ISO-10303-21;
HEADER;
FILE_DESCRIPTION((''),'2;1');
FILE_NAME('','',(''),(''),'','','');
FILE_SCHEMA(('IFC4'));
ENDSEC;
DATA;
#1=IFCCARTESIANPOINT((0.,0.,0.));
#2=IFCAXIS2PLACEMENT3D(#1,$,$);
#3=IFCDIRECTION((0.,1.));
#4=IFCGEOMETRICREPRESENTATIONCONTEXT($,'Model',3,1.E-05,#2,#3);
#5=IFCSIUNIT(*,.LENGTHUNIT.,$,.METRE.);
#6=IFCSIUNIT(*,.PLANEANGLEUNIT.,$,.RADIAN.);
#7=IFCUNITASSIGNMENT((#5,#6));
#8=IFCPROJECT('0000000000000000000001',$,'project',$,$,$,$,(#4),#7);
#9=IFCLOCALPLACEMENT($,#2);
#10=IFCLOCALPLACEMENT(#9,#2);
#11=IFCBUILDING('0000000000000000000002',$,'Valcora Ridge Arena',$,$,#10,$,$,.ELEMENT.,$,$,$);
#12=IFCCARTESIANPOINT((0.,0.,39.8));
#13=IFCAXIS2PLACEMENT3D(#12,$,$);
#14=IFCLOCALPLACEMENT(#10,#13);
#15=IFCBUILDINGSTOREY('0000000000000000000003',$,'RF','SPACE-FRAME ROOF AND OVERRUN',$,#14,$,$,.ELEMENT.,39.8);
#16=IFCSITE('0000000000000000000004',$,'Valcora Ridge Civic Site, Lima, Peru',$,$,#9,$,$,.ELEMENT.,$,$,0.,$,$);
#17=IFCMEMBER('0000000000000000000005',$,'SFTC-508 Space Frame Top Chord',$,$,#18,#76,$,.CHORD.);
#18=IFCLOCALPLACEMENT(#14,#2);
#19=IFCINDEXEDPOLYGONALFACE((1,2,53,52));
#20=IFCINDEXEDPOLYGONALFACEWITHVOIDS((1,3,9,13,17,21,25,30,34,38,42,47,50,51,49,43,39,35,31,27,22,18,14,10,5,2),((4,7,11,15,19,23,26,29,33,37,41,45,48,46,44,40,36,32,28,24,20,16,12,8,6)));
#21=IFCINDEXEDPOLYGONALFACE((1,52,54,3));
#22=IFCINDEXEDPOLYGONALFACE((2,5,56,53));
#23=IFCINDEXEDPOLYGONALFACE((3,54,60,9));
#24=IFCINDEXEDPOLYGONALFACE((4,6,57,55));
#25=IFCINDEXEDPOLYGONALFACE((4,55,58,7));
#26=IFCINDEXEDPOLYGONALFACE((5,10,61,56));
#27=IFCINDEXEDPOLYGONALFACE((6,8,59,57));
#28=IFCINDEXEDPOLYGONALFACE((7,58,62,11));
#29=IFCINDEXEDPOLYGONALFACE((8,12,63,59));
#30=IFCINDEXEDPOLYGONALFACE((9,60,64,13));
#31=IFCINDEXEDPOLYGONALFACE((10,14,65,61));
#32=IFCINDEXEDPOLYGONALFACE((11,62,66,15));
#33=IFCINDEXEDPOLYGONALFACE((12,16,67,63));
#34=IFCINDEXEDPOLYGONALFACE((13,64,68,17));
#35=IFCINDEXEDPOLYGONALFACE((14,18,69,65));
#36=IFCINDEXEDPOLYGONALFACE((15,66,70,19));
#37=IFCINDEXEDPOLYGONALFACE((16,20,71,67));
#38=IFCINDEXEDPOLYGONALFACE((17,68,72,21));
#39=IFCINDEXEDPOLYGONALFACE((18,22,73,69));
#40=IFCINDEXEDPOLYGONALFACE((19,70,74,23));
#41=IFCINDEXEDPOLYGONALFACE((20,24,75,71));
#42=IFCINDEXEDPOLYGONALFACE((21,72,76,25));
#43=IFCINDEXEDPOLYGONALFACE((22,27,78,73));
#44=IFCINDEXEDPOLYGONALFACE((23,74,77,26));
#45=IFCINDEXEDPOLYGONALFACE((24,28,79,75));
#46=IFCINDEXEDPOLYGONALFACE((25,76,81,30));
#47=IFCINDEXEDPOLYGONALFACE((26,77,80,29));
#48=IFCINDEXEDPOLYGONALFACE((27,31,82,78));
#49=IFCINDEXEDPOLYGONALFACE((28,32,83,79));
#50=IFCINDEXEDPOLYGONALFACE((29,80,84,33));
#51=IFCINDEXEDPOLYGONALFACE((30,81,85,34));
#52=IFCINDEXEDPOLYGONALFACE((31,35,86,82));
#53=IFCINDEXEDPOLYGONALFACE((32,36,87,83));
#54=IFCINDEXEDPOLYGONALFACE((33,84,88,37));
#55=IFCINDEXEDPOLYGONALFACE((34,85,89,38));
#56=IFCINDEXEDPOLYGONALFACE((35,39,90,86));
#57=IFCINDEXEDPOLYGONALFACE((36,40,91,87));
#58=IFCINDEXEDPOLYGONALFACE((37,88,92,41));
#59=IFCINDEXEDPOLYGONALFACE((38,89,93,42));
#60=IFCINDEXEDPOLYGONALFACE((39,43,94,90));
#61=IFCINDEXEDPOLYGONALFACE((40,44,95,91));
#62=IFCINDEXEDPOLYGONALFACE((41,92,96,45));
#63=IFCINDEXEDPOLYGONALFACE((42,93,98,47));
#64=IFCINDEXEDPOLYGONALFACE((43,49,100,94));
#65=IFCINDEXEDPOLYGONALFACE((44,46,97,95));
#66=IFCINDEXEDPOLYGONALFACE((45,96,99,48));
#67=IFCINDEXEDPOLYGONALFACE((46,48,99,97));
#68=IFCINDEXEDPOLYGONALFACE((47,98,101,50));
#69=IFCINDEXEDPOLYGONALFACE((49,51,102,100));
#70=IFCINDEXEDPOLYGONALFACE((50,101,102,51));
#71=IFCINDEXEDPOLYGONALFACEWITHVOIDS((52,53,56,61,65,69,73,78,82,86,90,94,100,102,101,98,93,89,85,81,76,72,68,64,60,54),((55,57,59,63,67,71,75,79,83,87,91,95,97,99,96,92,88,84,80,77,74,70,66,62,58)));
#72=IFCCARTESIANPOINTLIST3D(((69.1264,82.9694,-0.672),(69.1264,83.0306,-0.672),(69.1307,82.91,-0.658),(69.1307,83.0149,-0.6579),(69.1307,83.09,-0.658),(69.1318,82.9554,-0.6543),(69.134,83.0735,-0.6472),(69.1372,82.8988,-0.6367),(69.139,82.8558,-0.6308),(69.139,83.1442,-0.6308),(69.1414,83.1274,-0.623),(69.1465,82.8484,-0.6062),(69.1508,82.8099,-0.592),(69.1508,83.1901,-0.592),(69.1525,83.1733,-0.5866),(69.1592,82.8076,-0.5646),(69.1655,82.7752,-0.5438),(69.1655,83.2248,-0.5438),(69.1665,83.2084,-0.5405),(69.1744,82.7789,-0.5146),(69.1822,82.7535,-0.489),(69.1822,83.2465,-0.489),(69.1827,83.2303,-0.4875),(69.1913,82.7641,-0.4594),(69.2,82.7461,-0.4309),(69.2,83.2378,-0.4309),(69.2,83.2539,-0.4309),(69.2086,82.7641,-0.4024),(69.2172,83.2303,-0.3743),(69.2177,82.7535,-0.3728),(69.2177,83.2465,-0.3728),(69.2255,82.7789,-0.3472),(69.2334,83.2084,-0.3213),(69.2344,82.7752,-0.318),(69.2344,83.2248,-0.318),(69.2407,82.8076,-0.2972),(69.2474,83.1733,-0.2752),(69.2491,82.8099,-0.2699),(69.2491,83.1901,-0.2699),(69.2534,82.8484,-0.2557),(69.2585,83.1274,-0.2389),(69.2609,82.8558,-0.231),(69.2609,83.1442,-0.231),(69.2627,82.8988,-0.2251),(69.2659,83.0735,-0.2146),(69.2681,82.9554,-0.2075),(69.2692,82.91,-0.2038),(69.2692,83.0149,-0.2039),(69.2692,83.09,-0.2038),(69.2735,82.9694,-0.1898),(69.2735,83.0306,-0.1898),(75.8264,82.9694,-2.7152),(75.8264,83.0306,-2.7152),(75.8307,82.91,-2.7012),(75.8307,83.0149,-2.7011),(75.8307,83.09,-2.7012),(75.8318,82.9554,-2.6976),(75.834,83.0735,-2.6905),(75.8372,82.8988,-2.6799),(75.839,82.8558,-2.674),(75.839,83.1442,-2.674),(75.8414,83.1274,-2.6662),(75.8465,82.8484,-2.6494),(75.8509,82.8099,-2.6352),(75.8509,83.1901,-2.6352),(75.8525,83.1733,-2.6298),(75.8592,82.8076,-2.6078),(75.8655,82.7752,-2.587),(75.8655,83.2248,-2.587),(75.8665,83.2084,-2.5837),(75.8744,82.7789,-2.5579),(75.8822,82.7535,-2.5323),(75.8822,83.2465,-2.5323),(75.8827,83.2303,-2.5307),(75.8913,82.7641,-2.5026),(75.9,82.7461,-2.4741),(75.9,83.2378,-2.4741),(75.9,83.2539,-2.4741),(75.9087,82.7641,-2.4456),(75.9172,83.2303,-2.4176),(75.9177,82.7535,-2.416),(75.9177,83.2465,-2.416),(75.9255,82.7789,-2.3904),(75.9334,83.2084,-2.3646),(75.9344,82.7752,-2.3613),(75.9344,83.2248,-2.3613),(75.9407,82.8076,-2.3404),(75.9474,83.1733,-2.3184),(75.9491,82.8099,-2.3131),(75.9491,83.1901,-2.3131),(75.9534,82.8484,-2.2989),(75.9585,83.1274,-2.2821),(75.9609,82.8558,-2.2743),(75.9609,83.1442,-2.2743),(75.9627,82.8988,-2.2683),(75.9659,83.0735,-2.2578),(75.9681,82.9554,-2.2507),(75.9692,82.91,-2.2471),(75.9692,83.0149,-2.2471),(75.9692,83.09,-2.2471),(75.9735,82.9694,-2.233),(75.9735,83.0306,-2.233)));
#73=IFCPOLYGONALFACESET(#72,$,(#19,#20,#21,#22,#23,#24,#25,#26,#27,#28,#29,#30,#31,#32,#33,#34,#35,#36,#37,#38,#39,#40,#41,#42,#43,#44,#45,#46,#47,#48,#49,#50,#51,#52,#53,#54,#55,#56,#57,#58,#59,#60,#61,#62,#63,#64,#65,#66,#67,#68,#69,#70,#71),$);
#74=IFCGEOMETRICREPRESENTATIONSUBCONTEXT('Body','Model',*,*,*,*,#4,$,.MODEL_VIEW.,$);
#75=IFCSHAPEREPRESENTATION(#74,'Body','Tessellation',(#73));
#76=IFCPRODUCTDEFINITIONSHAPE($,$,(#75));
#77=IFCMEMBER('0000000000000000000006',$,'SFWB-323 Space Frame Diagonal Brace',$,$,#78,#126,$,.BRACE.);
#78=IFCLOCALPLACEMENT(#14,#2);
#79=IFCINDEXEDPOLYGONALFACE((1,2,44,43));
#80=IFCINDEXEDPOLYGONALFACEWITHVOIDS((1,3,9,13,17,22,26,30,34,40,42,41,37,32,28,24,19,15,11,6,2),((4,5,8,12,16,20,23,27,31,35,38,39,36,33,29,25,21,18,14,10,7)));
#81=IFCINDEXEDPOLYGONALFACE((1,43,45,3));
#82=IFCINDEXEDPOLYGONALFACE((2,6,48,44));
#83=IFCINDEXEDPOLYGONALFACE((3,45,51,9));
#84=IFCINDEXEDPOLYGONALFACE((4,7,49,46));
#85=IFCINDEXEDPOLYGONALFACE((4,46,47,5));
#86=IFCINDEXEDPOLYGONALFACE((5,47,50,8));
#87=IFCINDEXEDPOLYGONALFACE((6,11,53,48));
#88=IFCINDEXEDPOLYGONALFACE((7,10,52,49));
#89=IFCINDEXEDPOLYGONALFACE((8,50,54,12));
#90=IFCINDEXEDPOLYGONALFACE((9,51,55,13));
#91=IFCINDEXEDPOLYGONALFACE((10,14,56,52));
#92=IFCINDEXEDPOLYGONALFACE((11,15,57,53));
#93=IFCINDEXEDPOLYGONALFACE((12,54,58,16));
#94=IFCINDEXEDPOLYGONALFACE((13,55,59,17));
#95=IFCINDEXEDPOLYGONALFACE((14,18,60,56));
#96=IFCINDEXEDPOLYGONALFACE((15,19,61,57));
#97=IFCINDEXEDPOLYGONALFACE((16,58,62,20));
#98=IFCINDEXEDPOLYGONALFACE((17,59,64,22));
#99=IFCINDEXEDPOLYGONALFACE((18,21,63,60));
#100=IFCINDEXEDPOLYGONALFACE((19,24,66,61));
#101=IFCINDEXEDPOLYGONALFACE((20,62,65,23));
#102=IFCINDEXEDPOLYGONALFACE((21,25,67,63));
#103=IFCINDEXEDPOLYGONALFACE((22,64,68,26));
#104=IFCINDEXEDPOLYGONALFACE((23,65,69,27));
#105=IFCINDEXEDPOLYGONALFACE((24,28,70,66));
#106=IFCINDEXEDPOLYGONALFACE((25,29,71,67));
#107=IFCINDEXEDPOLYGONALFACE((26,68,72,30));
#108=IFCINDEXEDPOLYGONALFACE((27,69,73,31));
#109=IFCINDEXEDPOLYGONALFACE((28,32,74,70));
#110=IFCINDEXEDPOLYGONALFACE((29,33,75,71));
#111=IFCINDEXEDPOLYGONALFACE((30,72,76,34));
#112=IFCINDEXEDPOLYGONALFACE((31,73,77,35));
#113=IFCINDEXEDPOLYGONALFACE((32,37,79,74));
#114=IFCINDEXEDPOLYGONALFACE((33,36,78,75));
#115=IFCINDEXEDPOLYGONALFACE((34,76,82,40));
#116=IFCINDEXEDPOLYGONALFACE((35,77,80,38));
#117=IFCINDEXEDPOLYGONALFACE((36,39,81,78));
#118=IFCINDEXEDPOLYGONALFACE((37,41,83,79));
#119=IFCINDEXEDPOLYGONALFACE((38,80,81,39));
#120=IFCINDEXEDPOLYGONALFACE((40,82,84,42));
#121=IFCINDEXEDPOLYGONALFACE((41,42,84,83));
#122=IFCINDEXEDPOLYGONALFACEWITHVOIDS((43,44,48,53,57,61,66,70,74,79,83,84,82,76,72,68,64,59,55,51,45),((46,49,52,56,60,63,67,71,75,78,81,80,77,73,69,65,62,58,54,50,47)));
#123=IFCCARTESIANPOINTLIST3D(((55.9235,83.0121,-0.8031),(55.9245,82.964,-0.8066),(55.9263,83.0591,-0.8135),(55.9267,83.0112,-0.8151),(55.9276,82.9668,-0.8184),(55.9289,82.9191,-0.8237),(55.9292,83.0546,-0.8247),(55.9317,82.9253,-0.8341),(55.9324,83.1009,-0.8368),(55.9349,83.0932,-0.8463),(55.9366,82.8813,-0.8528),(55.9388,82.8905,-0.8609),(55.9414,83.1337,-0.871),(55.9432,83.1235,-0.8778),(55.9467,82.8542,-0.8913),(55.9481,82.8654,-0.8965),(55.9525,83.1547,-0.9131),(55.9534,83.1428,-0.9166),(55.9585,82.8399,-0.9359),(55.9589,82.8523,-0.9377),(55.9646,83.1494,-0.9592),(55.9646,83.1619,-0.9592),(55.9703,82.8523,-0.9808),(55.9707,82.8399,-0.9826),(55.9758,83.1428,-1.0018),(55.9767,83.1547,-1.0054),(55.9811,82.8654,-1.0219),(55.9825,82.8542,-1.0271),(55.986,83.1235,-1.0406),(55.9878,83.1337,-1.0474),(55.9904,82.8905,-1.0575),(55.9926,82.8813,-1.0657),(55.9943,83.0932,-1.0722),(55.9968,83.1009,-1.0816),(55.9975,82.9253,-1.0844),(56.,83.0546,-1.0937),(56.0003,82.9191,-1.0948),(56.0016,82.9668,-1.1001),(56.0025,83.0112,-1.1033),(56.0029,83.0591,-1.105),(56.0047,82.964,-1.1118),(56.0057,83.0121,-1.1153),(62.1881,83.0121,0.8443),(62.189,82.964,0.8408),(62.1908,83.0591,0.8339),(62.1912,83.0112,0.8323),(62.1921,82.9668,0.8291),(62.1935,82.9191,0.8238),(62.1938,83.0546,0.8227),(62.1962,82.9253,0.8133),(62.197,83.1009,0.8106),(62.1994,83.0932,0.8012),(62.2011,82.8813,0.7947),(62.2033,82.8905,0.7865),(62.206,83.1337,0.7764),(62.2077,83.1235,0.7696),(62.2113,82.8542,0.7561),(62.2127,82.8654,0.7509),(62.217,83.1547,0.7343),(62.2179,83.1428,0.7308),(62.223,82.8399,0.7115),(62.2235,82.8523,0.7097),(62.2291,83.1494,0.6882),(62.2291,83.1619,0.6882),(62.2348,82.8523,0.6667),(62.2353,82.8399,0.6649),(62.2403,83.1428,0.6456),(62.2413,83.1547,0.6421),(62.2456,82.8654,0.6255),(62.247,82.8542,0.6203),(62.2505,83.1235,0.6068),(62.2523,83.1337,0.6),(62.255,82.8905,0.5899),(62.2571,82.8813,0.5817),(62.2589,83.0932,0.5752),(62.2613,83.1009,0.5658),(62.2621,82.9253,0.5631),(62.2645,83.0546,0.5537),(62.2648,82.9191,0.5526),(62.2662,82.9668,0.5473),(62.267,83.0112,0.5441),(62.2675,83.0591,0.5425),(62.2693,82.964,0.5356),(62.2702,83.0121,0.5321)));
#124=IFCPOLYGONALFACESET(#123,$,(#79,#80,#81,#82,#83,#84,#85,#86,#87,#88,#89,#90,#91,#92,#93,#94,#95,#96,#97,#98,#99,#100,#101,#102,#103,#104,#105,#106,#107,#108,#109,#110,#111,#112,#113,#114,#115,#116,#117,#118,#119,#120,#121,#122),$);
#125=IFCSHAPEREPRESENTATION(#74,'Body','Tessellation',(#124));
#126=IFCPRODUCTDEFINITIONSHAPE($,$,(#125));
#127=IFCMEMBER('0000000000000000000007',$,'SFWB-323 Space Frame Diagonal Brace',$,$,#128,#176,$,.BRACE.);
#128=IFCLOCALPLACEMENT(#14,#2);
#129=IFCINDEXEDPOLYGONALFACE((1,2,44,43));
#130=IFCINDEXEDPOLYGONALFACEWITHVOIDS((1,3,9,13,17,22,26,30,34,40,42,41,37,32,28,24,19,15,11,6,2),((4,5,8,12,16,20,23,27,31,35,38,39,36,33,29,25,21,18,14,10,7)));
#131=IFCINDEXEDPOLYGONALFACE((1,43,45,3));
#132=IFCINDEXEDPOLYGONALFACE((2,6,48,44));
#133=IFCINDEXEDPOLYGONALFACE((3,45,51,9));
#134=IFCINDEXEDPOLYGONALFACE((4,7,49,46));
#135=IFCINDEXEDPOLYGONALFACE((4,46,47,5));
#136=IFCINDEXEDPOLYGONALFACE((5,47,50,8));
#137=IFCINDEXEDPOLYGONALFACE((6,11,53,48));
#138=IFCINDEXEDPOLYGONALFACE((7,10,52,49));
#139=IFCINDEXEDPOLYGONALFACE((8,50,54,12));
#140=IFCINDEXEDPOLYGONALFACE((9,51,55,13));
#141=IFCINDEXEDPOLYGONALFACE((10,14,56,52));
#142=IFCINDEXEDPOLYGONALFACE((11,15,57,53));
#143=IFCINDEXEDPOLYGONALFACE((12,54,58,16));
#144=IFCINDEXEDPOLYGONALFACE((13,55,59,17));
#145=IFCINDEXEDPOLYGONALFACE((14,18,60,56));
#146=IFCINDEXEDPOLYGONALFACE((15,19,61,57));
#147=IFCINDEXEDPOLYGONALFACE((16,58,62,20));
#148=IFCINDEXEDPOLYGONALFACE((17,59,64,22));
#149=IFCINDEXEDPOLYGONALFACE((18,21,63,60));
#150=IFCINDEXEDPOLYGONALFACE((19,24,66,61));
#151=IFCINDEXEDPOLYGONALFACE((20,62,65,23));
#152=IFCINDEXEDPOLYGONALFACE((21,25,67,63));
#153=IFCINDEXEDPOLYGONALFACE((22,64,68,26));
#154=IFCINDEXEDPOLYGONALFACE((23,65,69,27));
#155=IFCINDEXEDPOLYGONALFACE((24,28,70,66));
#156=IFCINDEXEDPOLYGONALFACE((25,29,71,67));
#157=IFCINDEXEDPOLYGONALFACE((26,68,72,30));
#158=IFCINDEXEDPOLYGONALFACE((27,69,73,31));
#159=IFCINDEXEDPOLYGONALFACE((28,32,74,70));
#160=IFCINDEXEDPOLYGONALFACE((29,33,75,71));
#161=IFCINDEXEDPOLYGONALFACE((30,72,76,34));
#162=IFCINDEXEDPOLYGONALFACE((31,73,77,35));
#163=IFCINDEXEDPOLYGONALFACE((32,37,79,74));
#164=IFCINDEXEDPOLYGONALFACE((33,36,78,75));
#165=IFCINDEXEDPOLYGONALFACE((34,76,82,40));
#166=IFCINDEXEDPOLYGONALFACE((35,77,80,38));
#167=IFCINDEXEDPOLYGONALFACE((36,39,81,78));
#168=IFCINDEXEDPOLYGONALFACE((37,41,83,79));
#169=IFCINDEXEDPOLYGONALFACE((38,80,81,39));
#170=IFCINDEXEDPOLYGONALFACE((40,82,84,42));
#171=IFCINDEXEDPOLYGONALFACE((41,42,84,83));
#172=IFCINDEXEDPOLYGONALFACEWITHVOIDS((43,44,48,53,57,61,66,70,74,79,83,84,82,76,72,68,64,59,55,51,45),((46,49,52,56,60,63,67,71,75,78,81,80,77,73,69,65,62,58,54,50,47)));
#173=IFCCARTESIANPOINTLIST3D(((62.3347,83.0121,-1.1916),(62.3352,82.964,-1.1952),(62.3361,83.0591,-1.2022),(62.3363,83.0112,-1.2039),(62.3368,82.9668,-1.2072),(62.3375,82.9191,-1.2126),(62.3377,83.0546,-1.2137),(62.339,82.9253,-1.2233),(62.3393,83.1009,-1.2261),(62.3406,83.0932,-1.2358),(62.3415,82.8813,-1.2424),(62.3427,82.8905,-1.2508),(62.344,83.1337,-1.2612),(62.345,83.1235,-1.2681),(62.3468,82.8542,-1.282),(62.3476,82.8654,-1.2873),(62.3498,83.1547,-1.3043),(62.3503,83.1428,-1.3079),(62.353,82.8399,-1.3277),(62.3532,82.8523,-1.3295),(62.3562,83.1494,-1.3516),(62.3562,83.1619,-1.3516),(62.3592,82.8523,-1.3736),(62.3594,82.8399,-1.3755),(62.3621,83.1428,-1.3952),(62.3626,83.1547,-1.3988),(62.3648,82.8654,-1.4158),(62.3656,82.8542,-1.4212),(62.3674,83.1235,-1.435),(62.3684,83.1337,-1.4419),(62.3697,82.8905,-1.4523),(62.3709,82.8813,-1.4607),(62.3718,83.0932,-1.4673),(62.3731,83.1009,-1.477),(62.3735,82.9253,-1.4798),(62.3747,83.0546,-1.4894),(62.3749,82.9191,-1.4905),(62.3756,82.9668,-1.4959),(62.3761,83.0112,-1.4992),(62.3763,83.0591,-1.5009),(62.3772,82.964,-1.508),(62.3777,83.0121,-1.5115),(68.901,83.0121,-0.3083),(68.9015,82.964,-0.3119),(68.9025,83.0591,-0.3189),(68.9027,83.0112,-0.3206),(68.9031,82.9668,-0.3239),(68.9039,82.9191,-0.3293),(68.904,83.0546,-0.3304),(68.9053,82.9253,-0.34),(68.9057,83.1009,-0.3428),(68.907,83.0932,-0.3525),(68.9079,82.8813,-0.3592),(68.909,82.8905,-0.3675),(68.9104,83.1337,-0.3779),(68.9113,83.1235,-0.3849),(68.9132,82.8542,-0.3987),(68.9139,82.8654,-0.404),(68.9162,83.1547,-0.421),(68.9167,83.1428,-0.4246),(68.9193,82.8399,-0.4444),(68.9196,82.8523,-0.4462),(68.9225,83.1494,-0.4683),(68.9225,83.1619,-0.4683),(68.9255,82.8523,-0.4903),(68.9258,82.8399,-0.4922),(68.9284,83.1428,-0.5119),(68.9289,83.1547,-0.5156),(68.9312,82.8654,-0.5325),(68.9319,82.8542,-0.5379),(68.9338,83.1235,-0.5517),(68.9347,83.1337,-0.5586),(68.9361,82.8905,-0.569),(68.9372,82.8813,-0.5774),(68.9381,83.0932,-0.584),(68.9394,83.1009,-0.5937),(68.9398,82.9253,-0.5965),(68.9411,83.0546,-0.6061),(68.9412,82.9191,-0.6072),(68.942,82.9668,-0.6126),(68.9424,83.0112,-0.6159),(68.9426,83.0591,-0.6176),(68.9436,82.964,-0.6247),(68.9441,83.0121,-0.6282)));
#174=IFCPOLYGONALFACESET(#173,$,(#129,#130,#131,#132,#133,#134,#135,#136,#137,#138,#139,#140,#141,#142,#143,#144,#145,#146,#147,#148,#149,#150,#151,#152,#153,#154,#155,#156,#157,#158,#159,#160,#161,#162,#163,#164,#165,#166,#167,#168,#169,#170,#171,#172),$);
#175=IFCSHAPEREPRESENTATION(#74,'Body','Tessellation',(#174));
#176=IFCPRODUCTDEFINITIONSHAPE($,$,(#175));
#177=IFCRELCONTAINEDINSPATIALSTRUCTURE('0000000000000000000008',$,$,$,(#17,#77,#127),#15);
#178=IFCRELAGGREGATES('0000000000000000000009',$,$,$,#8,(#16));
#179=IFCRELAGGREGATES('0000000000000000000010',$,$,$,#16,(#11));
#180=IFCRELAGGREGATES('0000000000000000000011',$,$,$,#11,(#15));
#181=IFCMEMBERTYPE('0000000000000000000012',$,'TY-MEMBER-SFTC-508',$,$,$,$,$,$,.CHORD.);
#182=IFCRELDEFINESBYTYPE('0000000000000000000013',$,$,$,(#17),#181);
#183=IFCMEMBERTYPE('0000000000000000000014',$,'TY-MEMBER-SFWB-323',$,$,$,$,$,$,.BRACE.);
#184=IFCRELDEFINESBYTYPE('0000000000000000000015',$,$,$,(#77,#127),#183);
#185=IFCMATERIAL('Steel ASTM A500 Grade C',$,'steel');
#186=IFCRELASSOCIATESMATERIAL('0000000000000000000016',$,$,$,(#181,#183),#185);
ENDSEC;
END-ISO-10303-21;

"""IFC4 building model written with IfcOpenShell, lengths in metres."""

from ifc_helpers import new_model, si_unit, direction, frame, origin, origin_2d, place, context, subcontext, project, spatial, hollow_circle, extrude, material, material_profile, profile_set, type_object, element, save


model = new_model("IFC4")

# Units and contexts
model_context = context("Model", 3, precision=1e-05, world=origin(), true_north=direction((0.0, 1.0)))
body_context = subcontext(model_context, "Body", "Model", "MODEL_VIEW")
ifc_project = project(units=[si_unit("LENGTHUNIT", "METRE"), si_unit("PLANEANGLEUNIT", "RADIAN")], contexts=[model_context])

# Site, building, storey
site_placement = place(None, origin())
site = spatial("IfcSite", under=ifc_project, at=site_placement, Name="Valcora Ridge Civic Site, Lima, Peru", CompositionType="ELEMENT", RefElevation=0.0)
building_placement = place(site_placement, origin())
building = spatial("IfcBuilding", under=site, at=building_placement, Name="Valcora Ridge Arena", CompositionType="ELEMENT")
storey_placement = place(building_placement, frame((0.0, 0.0, 39.8)))
storey = spatial("IfcBuildingStorey", under=building, at=storey_placement, Name="RF", Description="SPACE-FRAME ROOF AND OVERRUN", CompositionType="ELEMENT", Elevation=39.8)

# Members
ifc_material_1 = material(Name="Steel ASTM A500 Grade C", Category="steel")
ifc_material_profile_1 = material_profile(ifc_material_1, hollow_circle(Radius=0.2539, WallThickness=0.0161, at=origin_2d()), Name="CHS508X16")
ifc_profile_set_1 = profile_set([ifc_material_profile_1], Name="Steel ASTM A500 Grade C")
member_type_1 = type_object("IfcMemberType", Name="TY-MEMBER-SFTC-508", PredefinedType="CHORD", material=ifc_profile_set_1)
member_1_placement = place(storey_placement, frame((69.2, 83.0, -0.4309), z_axis=(0.956511, 0.0, -0.291697), x_axis=(0.0, 1.0, 0.0)))
element("IfcMember", 1, at=member_1_placement, inside=storey, type_object=member_type_1, Name="SFTC-508 Space Frame Top Chord", PredefinedType="CHORD", context=body_context, shape_type="SweptSolid", body=[
    extrude(hollow_circle(Radius=0.2539, WallThickness=0.0161, at=origin_2d()), origin(), (0.0, 0.0, 1.0), 7.0046),
])
ifc_material_profile_2 = material_profile(ifc_material_1, hollow_circle(Radius=0.1619, WallThickness=0.0125, at=origin_2d()), Name="CHS323X12")
ifc_profile_set_2 = profile_set([ifc_material_profile_2], Name="Steel ASTM A500 Grade C")
member_type_2 = type_object("IfcMemberType", Name="TY-MEMBER-SFWB-323", PredefinedType="BRACE", material=ifc_profile_set_2)
member_2_placement = place(storey_placement, frame((55.9646, 83.0, -0.9592), z_axis=(0.967117, 0.0, 0.25433), x_axis=(0.0, 1.0, 0.0)))
element("IfcMember", 2, at=member_2_placement, inside=storey, type_object=member_type_2, Name="SFWB-323 Space Frame Diagonal Brace", PredefinedType="BRACE", context=body_context, shape_type="SweptSolid", body=[
    extrude(hollow_circle(Radius=0.1619, WallThickness=0.0125, at=origin_2d()), origin(), (0.0, 0.0, 1.0), 6.4775),
])
member_3_placement = place(storey_placement, frame((62.3562, 83.0, -1.3516), z_axis=(0.991073, 0.0, 0.133317), x_axis=(0.0, 1.0, 0.0)))
element("IfcMember", 3, at=member_3_placement, inside=storey, type_object=member_type_2, Name="SFWB-323 Space Frame Diagonal Brace", PredefinedType="BRACE", context=body_context, shape_type="SweptSolid", body=[
    extrude(hollow_circle(Radius=0.1619, WallThickness=0.0125, at=origin_2d()), origin(), (0.0, 0.0, 1.0), 6.6255),
])

save(model, "model.ifc")
